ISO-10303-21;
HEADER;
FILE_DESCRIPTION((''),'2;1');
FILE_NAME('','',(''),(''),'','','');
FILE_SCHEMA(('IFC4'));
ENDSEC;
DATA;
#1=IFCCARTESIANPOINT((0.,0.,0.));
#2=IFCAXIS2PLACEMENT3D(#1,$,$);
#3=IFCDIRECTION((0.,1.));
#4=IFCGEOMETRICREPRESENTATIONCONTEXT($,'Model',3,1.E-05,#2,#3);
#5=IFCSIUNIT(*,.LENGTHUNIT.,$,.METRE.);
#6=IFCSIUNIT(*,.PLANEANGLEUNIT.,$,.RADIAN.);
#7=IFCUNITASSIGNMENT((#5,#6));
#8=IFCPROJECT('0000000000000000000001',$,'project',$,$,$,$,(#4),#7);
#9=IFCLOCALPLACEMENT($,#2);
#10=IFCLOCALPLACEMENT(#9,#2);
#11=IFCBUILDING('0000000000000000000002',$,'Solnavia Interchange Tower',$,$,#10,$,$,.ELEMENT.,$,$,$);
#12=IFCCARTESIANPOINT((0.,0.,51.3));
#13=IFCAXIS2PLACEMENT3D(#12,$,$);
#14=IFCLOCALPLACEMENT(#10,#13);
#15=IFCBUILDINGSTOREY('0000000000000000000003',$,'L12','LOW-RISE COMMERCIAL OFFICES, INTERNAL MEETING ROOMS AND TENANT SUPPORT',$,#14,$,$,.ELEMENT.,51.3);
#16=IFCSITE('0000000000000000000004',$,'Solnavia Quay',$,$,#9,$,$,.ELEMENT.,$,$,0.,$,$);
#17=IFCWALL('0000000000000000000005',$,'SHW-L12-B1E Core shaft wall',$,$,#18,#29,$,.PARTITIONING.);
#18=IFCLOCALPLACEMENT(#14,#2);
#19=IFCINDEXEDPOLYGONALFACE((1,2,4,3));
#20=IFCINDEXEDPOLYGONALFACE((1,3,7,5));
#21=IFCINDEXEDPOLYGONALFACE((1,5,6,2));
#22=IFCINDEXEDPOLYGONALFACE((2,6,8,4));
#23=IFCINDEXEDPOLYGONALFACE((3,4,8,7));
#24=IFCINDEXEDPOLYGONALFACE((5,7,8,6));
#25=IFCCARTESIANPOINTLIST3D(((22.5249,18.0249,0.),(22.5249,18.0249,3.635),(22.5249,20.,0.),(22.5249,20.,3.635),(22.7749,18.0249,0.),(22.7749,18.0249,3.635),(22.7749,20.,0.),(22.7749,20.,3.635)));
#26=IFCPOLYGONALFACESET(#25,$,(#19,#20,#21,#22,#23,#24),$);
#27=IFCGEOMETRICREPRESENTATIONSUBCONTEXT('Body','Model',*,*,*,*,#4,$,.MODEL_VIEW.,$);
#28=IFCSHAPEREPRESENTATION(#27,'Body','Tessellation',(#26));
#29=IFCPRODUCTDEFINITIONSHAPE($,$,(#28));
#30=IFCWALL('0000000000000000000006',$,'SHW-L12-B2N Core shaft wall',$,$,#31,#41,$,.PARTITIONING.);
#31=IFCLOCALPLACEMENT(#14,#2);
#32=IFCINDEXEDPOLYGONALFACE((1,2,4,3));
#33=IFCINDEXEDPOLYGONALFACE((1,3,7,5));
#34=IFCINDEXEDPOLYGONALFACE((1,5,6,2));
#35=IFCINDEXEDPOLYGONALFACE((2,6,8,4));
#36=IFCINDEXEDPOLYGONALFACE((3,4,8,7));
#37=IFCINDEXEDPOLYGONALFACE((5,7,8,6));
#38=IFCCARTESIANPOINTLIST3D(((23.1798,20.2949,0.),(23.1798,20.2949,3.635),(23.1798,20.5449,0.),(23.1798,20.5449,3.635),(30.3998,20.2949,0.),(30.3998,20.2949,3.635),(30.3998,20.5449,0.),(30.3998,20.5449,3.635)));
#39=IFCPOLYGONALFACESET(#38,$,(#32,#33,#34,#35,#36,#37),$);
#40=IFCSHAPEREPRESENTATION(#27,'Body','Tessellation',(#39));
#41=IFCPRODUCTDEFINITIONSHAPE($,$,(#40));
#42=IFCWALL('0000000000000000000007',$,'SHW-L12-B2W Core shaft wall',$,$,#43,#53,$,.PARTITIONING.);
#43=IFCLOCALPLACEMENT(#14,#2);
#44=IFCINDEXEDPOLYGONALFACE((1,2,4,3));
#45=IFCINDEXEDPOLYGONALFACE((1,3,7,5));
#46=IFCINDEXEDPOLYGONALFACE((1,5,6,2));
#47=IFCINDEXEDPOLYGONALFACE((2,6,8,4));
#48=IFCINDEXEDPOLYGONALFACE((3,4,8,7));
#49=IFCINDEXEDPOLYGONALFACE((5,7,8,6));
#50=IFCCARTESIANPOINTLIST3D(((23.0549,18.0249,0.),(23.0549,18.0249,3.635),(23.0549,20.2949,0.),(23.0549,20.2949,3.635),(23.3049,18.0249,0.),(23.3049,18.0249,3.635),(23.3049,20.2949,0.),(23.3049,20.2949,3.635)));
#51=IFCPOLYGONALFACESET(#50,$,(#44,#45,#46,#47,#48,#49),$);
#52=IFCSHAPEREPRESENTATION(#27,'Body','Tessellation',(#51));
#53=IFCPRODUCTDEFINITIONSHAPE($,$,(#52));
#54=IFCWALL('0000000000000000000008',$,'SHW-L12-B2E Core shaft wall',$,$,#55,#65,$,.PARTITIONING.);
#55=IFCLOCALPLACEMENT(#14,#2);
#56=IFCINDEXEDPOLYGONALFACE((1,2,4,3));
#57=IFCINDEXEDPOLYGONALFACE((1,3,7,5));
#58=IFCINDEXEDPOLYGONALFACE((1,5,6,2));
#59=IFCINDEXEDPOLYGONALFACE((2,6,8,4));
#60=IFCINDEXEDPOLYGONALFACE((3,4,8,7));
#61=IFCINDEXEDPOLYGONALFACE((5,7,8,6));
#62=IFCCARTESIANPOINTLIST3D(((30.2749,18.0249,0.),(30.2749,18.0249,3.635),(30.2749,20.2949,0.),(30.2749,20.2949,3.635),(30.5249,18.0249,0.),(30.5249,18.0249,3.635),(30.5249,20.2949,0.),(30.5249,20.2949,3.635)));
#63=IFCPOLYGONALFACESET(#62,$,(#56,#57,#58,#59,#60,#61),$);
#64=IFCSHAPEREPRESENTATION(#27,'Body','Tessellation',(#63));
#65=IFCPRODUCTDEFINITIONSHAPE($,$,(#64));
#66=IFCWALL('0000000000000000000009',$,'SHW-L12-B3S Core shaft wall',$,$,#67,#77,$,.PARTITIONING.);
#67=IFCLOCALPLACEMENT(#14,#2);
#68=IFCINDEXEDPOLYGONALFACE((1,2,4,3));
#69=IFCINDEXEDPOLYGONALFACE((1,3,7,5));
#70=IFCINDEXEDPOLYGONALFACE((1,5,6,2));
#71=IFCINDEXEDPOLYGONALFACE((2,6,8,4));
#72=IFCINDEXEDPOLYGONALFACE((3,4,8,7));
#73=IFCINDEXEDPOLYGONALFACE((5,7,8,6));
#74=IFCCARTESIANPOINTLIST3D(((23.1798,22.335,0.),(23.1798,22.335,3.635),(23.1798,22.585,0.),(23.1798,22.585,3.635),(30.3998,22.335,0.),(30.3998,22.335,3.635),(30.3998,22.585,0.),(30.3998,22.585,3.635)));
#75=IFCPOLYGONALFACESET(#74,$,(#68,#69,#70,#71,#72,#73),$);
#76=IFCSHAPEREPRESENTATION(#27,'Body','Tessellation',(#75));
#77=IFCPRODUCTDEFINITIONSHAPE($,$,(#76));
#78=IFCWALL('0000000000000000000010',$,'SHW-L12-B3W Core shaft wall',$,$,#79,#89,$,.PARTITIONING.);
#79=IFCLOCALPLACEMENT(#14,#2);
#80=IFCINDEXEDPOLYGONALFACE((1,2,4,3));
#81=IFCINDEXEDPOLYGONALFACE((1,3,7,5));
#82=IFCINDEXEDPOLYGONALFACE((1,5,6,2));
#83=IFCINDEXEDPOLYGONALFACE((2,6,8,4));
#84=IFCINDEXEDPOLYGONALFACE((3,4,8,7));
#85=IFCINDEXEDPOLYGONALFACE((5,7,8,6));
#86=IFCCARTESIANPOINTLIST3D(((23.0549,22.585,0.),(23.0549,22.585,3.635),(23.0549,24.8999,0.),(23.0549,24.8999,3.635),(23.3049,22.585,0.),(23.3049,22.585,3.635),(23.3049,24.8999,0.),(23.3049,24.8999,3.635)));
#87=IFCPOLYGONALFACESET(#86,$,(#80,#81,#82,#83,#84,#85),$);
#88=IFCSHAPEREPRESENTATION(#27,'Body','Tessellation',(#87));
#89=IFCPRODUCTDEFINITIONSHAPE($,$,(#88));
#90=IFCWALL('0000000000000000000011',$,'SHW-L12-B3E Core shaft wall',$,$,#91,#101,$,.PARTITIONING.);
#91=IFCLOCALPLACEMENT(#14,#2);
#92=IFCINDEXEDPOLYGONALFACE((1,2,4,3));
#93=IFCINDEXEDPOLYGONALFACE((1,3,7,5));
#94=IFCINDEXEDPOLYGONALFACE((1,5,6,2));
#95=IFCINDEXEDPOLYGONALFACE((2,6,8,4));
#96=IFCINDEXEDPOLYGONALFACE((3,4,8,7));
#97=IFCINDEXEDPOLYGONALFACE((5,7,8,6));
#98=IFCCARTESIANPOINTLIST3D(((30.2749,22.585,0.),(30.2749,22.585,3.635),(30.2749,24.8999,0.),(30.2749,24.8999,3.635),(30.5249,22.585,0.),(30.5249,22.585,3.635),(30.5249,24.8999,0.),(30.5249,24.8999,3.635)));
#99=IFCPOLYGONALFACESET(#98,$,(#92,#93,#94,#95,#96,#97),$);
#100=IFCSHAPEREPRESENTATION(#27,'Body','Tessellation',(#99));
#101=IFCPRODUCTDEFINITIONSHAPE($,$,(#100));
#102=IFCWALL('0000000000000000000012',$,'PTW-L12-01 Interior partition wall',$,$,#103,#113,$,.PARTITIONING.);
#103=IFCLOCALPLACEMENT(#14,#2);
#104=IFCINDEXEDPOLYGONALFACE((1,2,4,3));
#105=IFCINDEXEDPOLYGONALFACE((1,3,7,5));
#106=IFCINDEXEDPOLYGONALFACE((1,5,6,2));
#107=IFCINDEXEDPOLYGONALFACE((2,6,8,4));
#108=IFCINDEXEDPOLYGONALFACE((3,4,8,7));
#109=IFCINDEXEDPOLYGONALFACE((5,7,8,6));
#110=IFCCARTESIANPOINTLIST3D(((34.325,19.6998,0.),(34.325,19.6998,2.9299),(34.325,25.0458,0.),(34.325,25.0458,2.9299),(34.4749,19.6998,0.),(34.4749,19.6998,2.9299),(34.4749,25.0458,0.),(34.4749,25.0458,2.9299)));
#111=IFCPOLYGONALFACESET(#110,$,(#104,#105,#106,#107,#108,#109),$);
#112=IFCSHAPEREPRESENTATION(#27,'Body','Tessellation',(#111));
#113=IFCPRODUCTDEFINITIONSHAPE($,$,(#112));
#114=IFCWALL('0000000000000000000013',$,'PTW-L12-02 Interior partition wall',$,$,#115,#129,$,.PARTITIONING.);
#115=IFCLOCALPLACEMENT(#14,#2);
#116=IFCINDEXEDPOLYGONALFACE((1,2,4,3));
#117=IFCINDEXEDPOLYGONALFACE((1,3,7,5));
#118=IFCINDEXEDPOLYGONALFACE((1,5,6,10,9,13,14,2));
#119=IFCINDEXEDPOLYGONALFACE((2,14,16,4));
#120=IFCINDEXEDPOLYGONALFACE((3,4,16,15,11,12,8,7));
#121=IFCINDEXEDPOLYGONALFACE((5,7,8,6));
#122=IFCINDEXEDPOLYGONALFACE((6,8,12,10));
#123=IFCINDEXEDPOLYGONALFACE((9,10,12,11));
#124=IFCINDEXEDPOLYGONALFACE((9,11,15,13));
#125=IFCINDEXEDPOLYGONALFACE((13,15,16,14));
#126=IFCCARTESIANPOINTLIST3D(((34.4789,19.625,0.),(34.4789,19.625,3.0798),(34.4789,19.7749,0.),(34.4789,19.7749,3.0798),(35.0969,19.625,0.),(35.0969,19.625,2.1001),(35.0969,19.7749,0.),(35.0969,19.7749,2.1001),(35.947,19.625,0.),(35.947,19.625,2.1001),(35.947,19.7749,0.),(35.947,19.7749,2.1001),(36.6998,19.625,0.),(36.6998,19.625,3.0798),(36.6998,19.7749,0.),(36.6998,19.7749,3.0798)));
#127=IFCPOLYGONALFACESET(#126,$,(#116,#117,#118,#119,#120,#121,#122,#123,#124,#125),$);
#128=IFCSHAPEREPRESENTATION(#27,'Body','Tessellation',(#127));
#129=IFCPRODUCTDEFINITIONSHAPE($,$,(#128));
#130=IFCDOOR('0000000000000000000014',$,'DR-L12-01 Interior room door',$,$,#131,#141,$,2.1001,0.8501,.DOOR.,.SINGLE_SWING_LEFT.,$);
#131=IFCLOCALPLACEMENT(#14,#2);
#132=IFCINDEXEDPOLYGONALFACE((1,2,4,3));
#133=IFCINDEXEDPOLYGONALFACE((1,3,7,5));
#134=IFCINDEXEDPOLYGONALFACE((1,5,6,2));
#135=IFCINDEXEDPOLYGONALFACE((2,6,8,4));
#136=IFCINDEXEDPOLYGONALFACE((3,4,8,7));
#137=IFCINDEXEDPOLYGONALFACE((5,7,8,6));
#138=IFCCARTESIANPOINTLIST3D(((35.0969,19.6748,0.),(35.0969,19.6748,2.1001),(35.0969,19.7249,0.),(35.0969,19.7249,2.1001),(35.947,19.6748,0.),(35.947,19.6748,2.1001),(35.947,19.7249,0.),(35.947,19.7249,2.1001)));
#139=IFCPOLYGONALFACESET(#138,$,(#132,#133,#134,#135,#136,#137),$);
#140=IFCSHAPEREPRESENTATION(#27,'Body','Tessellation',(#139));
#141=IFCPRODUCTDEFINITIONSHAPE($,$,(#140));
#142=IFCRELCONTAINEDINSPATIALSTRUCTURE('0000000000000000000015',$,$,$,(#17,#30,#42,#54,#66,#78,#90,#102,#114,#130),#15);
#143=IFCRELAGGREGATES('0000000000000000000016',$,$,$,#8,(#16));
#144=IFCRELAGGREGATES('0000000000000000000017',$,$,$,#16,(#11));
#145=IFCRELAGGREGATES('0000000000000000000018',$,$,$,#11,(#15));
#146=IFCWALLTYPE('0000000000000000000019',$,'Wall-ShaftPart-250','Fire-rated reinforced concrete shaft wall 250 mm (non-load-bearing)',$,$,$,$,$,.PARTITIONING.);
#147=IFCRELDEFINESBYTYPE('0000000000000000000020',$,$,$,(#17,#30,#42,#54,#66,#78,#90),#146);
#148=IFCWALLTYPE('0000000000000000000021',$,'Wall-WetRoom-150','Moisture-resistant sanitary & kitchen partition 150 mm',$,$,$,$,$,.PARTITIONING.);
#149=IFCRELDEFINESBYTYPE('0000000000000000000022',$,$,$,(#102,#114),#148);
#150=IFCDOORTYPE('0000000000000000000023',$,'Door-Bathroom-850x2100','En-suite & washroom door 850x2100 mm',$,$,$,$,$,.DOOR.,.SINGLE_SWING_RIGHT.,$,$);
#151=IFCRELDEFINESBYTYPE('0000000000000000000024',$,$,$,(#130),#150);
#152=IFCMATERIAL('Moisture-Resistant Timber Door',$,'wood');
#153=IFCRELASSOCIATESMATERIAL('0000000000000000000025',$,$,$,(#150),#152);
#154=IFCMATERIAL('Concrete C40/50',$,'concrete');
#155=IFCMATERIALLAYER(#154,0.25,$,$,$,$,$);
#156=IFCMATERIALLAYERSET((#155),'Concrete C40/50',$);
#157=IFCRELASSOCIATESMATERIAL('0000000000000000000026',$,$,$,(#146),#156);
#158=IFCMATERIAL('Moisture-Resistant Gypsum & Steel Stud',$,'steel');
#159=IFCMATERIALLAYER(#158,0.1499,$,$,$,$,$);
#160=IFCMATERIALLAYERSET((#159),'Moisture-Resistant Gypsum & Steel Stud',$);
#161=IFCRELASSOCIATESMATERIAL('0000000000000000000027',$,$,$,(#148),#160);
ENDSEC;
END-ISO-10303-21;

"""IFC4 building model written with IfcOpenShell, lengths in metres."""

from ifc_helpers import new_model, si_unit, direction, frame, frame_2d, origin, place, context, subcontext, project, spatial, rectangle, extrude, material, layer, layer_set, type_object, element, fill, save


model = new_model("IFC4")

# Units and contexts
model_context = context("Model", 3, precision=1e-05, world=origin(), true_north=direction((0.0, 1.0)))
body_context = subcontext(model_context, "Body", "Model", "MODEL_VIEW")
ifc_project = project(units=[si_unit("LENGTHUNIT", "METRE"), si_unit("PLANEANGLEUNIT", "RADIAN")], contexts=[model_context])

# Site, building, storey
site_placement = place(None, origin())
site = spatial("IfcSite", under=ifc_project, at=site_placement, Name="Solnavia Quay", CompositionType="ELEMENT", RefElevation=0.0)
building_placement = place(site_placement, origin())
building = spatial("IfcBuilding", under=site, at=building_placement, Name="Solnavia Interchange Tower", CompositionType="ELEMENT")
storey_placement = place(building_placement, frame((0.0, 0.0, 51.3)))
storey = spatial("IfcBuildingStorey", under=building, at=storey_placement, Name="L12", Description="LOW-RISE COMMERCIAL OFFICES, INTERNAL MEETING ROOMS AND TENANT SUPPORT", CompositionType="ELEMENT", Elevation=51.3)

# Shared definitions
ifc_material_1 = material(Name="Concrete C40/50", Category="concrete")

# Shared definitions
ifc_material_2 = material(Name="Moisture-Resistant Timber Door", Category="wood")
door_type = type_object("IfcDoorType", Name="Door-Bathroom-850x2100", Description="En-suite & washroom door 850x2100 mm", OperationType="SINGLE_SWING_RIGHT", PredefinedType="DOOR", material=ifc_material_2)

# Walls
ifc_layer_1 = layer(ifc_material_1, 0.25)
ifc_layer_set_1 = layer_set([ifc_layer_1], Name="Concrete C40/50")
wall_type_1 = type_object("IfcWallType", Name="Wall-ShaftPart-250", Description="Fire-rated reinforced concrete shaft wall 250 mm (non-load-bearing)", PredefinedType="PARTITIONING", material=ifc_layer_set_1)
wall_1_placement = place(storey_placement, frame((22.6499, 18.0249, 0.0), z_axis=(0.0, 0.0, 1.0), x_axis=(0.0, 1.0, 0.0)))
element("IfcWall", 1, at=wall_1_placement, inside=storey, type_object=wall_type_1, Name="SHW-L12-B1E Core shaft wall", PredefinedType="PARTITIONING", context=body_context, shape_type="SweptSolid", body=[
    extrude(rectangle(XDim=1.9751, YDim=0.25, at=frame_2d((0.9875, 0.0))), origin(), (0.0, 0.0, 1.0), 3.635),
])
wall_2_placement = place(storey_placement, frame((23.1799, 20.4199, 0.0), z_axis=(0.0, 0.0, 1.0), x_axis=(1.0, 0.0, 0.0)))
element("IfcWall", 2, at=wall_2_placement, inside=storey, type_object=wall_type_1, Name="SHW-L12-B2N Core shaft wall", PredefinedType="PARTITIONING", context=body_context, shape_type="SweptSolid", body=[
    extrude(rectangle(XDim=7.22, YDim=0.25, at=frame_2d((3.6099, 0.0))), origin(), (0.0, 0.0, 1.0), 3.635),
])
for number, where, z_axis, x_axis, name in (
    (3, (23.1799, 18.0249, 0.0), (0.0, 0.0, 1.0), (0.0, 1.0, 0.0), "SHW-L12-B2W Core shaft wall"),
    (4, (30.3999, 18.0249, 0.0), (0.0, 0.0, 1.0), (0.0, 1.0, 0.0), "SHW-L12-B2E Core shaft wall"),
):
    element("IfcWall", number, at=place(storey_placement, frame(where, z_axis=z_axis, x_axis=x_axis)), inside=storey, type_object=wall_type_1, Name=name, PredefinedType="PARTITIONING", context=body_context, shape_type="SweptSolid", body=[
        extrude(rectangle(XDim=2.27, YDim=0.25, at=frame_2d((1.135, 0.0))), origin(), (0.0, 0.0, 1.0), 3.635),
    ])
wall_3_placement = place(storey_placement, frame((23.1799, 22.46, 0.0), z_axis=(0.0, 0.0, 1.0), x_axis=(1.0, 0.0, 0.0)))
element("IfcWall", 5, at=wall_3_placement, inside=storey, type_object=wall_type_1, Name="SHW-L12-B3S Core shaft wall", PredefinedType="PARTITIONING", context=body_context, shape_type="SweptSolid", body=[
    extrude(rectangle(XDim=7.22, YDim=0.25, at=frame_2d((3.6099, 0.0))), origin(), (0.0, 0.0, 1.0), 3.635),
])
for number, where, z_axis, x_axis, name in (
    (6, (23.1799, 22.585, 0.0), (0.0, 0.0, 1.0), (0.0, 1.0, 0.0), "SHW-L12-B3W Core shaft wall"),
    (7, (30.3999, 22.585, 0.0), (0.0, 0.0, 1.0), (0.0, 1.0, 0.0), "SHW-L12-B3E Core shaft wall"),
):
    element("IfcWall", number, at=place(storey_placement, frame(where, z_axis=z_axis, x_axis=x_axis)), inside=storey, type_object=wall_type_1, Name=name, PredefinedType="PARTITIONING", context=body_context, shape_type="SweptSolid", body=[
        extrude(rectangle(XDim=2.3149, YDim=0.25, at=frame_2d((1.1575, 0.0))), origin(), (0.0, 0.0, 1.0), 3.635),
    ])
ifc_material_3 = material(Name="Moisture-Resistant Gypsum & Steel Stud", Category="steel")
ifc_layer_2 = layer(ifc_material_3, 0.1499)
ifc_layer_set_2 = layer_set([ifc_layer_2], Name="Moisture-Resistant Gypsum & Steel Stud")
wall_type_2 = type_object("IfcWallType", Name="Wall-WetRoom-150", Description="Moisture-resistant sanitary & kitchen partition 150 mm", PredefinedType="PARTITIONING", material=ifc_layer_set_2)
wall_4_placement = place(storey_placement, frame((34.3999, 19.7, 0.0), z_axis=(0.0, 0.0, 1.0), x_axis=(0.0, 1.0, 0.0)))
element("IfcWall", 8, at=wall_4_placement, inside=storey, type_object=wall_type_2, Name="PTW-L12-01 Interior partition wall", PredefinedType="PARTITIONING", context=body_context, shape_type="SweptSolid", body=[
    extrude(rectangle(XDim=5.3459, YDim=0.1499, at=frame_2d((2.6729, 0.0))), origin(), (0.0, 0.0, 1.0), 2.9299),
])

# Wall, opening, door
wall_5_placement = place(storey_placement, frame((34.479, 19.7, 0.0), z_axis=(0.0, 0.0, 1.0), x_axis=(1.0, 0.0, 0.0)))
wall_5 = element("IfcWall", 9, at=wall_5_placement, inside=storey, type_object=wall_type_2, Name="PTW-L12-02 Interior partition wall", PredefinedType="PARTITIONING", context=body_context, shape_type="SweptSolid", body=[
    extrude(rectangle(XDim=2.2209, YDim=0.1499, at=frame_2d((1.1104, 0.0))), origin(), (0.0, 0.0, 1.0), 3.0798),
])
opening_1_placement = place(wall_5_placement, frame((0.6179, 0.0, 0.0)))
opening_1 = element("IfcOpeningElement", 10, at=opening_1_placement, cuts=wall_5, PredefinedType="OPENING", context=body_context, shape_type="SweptSolid", body=[
    extrude(rectangle(XDim=0.8501, YDim=2.1001, at=frame_2d((0.425, 1.05))), frame((0.0, 0.085, 0.0), z_axis=(0.0, -1.0, 0.0), x_axis=(1.0, 0.0, 0.0)), (0.0, 0.0, 1.0), 0.1699),
])
door_1_placement = place(opening_1_placement, origin())
door_1 = element("IfcDoor", 11, at=door_1_placement, inside=storey, type_object=door_type, Name="DR-L12-01 Interior room door", OperationType="SINGLE_SWING_LEFT", OverallHeight=2.1001, OverallWidth=0.8501, PredefinedType="DOOR", context=body_context, shape_type="SweptSolid", body=[
    extrude(rectangle(XDim=0.8501, YDim=2.1001, at=frame_2d((0.425, 1.05))), frame((0.0, 0.0249, 0.0), z_axis=(0.0, -1.0, 0.0), x_axis=(1.0, 0.0, 0.0)), (0.0, 0.0, 1.0), 0.05),
])
fill(opening_1, door_1)

save(model, "model.ifc")
